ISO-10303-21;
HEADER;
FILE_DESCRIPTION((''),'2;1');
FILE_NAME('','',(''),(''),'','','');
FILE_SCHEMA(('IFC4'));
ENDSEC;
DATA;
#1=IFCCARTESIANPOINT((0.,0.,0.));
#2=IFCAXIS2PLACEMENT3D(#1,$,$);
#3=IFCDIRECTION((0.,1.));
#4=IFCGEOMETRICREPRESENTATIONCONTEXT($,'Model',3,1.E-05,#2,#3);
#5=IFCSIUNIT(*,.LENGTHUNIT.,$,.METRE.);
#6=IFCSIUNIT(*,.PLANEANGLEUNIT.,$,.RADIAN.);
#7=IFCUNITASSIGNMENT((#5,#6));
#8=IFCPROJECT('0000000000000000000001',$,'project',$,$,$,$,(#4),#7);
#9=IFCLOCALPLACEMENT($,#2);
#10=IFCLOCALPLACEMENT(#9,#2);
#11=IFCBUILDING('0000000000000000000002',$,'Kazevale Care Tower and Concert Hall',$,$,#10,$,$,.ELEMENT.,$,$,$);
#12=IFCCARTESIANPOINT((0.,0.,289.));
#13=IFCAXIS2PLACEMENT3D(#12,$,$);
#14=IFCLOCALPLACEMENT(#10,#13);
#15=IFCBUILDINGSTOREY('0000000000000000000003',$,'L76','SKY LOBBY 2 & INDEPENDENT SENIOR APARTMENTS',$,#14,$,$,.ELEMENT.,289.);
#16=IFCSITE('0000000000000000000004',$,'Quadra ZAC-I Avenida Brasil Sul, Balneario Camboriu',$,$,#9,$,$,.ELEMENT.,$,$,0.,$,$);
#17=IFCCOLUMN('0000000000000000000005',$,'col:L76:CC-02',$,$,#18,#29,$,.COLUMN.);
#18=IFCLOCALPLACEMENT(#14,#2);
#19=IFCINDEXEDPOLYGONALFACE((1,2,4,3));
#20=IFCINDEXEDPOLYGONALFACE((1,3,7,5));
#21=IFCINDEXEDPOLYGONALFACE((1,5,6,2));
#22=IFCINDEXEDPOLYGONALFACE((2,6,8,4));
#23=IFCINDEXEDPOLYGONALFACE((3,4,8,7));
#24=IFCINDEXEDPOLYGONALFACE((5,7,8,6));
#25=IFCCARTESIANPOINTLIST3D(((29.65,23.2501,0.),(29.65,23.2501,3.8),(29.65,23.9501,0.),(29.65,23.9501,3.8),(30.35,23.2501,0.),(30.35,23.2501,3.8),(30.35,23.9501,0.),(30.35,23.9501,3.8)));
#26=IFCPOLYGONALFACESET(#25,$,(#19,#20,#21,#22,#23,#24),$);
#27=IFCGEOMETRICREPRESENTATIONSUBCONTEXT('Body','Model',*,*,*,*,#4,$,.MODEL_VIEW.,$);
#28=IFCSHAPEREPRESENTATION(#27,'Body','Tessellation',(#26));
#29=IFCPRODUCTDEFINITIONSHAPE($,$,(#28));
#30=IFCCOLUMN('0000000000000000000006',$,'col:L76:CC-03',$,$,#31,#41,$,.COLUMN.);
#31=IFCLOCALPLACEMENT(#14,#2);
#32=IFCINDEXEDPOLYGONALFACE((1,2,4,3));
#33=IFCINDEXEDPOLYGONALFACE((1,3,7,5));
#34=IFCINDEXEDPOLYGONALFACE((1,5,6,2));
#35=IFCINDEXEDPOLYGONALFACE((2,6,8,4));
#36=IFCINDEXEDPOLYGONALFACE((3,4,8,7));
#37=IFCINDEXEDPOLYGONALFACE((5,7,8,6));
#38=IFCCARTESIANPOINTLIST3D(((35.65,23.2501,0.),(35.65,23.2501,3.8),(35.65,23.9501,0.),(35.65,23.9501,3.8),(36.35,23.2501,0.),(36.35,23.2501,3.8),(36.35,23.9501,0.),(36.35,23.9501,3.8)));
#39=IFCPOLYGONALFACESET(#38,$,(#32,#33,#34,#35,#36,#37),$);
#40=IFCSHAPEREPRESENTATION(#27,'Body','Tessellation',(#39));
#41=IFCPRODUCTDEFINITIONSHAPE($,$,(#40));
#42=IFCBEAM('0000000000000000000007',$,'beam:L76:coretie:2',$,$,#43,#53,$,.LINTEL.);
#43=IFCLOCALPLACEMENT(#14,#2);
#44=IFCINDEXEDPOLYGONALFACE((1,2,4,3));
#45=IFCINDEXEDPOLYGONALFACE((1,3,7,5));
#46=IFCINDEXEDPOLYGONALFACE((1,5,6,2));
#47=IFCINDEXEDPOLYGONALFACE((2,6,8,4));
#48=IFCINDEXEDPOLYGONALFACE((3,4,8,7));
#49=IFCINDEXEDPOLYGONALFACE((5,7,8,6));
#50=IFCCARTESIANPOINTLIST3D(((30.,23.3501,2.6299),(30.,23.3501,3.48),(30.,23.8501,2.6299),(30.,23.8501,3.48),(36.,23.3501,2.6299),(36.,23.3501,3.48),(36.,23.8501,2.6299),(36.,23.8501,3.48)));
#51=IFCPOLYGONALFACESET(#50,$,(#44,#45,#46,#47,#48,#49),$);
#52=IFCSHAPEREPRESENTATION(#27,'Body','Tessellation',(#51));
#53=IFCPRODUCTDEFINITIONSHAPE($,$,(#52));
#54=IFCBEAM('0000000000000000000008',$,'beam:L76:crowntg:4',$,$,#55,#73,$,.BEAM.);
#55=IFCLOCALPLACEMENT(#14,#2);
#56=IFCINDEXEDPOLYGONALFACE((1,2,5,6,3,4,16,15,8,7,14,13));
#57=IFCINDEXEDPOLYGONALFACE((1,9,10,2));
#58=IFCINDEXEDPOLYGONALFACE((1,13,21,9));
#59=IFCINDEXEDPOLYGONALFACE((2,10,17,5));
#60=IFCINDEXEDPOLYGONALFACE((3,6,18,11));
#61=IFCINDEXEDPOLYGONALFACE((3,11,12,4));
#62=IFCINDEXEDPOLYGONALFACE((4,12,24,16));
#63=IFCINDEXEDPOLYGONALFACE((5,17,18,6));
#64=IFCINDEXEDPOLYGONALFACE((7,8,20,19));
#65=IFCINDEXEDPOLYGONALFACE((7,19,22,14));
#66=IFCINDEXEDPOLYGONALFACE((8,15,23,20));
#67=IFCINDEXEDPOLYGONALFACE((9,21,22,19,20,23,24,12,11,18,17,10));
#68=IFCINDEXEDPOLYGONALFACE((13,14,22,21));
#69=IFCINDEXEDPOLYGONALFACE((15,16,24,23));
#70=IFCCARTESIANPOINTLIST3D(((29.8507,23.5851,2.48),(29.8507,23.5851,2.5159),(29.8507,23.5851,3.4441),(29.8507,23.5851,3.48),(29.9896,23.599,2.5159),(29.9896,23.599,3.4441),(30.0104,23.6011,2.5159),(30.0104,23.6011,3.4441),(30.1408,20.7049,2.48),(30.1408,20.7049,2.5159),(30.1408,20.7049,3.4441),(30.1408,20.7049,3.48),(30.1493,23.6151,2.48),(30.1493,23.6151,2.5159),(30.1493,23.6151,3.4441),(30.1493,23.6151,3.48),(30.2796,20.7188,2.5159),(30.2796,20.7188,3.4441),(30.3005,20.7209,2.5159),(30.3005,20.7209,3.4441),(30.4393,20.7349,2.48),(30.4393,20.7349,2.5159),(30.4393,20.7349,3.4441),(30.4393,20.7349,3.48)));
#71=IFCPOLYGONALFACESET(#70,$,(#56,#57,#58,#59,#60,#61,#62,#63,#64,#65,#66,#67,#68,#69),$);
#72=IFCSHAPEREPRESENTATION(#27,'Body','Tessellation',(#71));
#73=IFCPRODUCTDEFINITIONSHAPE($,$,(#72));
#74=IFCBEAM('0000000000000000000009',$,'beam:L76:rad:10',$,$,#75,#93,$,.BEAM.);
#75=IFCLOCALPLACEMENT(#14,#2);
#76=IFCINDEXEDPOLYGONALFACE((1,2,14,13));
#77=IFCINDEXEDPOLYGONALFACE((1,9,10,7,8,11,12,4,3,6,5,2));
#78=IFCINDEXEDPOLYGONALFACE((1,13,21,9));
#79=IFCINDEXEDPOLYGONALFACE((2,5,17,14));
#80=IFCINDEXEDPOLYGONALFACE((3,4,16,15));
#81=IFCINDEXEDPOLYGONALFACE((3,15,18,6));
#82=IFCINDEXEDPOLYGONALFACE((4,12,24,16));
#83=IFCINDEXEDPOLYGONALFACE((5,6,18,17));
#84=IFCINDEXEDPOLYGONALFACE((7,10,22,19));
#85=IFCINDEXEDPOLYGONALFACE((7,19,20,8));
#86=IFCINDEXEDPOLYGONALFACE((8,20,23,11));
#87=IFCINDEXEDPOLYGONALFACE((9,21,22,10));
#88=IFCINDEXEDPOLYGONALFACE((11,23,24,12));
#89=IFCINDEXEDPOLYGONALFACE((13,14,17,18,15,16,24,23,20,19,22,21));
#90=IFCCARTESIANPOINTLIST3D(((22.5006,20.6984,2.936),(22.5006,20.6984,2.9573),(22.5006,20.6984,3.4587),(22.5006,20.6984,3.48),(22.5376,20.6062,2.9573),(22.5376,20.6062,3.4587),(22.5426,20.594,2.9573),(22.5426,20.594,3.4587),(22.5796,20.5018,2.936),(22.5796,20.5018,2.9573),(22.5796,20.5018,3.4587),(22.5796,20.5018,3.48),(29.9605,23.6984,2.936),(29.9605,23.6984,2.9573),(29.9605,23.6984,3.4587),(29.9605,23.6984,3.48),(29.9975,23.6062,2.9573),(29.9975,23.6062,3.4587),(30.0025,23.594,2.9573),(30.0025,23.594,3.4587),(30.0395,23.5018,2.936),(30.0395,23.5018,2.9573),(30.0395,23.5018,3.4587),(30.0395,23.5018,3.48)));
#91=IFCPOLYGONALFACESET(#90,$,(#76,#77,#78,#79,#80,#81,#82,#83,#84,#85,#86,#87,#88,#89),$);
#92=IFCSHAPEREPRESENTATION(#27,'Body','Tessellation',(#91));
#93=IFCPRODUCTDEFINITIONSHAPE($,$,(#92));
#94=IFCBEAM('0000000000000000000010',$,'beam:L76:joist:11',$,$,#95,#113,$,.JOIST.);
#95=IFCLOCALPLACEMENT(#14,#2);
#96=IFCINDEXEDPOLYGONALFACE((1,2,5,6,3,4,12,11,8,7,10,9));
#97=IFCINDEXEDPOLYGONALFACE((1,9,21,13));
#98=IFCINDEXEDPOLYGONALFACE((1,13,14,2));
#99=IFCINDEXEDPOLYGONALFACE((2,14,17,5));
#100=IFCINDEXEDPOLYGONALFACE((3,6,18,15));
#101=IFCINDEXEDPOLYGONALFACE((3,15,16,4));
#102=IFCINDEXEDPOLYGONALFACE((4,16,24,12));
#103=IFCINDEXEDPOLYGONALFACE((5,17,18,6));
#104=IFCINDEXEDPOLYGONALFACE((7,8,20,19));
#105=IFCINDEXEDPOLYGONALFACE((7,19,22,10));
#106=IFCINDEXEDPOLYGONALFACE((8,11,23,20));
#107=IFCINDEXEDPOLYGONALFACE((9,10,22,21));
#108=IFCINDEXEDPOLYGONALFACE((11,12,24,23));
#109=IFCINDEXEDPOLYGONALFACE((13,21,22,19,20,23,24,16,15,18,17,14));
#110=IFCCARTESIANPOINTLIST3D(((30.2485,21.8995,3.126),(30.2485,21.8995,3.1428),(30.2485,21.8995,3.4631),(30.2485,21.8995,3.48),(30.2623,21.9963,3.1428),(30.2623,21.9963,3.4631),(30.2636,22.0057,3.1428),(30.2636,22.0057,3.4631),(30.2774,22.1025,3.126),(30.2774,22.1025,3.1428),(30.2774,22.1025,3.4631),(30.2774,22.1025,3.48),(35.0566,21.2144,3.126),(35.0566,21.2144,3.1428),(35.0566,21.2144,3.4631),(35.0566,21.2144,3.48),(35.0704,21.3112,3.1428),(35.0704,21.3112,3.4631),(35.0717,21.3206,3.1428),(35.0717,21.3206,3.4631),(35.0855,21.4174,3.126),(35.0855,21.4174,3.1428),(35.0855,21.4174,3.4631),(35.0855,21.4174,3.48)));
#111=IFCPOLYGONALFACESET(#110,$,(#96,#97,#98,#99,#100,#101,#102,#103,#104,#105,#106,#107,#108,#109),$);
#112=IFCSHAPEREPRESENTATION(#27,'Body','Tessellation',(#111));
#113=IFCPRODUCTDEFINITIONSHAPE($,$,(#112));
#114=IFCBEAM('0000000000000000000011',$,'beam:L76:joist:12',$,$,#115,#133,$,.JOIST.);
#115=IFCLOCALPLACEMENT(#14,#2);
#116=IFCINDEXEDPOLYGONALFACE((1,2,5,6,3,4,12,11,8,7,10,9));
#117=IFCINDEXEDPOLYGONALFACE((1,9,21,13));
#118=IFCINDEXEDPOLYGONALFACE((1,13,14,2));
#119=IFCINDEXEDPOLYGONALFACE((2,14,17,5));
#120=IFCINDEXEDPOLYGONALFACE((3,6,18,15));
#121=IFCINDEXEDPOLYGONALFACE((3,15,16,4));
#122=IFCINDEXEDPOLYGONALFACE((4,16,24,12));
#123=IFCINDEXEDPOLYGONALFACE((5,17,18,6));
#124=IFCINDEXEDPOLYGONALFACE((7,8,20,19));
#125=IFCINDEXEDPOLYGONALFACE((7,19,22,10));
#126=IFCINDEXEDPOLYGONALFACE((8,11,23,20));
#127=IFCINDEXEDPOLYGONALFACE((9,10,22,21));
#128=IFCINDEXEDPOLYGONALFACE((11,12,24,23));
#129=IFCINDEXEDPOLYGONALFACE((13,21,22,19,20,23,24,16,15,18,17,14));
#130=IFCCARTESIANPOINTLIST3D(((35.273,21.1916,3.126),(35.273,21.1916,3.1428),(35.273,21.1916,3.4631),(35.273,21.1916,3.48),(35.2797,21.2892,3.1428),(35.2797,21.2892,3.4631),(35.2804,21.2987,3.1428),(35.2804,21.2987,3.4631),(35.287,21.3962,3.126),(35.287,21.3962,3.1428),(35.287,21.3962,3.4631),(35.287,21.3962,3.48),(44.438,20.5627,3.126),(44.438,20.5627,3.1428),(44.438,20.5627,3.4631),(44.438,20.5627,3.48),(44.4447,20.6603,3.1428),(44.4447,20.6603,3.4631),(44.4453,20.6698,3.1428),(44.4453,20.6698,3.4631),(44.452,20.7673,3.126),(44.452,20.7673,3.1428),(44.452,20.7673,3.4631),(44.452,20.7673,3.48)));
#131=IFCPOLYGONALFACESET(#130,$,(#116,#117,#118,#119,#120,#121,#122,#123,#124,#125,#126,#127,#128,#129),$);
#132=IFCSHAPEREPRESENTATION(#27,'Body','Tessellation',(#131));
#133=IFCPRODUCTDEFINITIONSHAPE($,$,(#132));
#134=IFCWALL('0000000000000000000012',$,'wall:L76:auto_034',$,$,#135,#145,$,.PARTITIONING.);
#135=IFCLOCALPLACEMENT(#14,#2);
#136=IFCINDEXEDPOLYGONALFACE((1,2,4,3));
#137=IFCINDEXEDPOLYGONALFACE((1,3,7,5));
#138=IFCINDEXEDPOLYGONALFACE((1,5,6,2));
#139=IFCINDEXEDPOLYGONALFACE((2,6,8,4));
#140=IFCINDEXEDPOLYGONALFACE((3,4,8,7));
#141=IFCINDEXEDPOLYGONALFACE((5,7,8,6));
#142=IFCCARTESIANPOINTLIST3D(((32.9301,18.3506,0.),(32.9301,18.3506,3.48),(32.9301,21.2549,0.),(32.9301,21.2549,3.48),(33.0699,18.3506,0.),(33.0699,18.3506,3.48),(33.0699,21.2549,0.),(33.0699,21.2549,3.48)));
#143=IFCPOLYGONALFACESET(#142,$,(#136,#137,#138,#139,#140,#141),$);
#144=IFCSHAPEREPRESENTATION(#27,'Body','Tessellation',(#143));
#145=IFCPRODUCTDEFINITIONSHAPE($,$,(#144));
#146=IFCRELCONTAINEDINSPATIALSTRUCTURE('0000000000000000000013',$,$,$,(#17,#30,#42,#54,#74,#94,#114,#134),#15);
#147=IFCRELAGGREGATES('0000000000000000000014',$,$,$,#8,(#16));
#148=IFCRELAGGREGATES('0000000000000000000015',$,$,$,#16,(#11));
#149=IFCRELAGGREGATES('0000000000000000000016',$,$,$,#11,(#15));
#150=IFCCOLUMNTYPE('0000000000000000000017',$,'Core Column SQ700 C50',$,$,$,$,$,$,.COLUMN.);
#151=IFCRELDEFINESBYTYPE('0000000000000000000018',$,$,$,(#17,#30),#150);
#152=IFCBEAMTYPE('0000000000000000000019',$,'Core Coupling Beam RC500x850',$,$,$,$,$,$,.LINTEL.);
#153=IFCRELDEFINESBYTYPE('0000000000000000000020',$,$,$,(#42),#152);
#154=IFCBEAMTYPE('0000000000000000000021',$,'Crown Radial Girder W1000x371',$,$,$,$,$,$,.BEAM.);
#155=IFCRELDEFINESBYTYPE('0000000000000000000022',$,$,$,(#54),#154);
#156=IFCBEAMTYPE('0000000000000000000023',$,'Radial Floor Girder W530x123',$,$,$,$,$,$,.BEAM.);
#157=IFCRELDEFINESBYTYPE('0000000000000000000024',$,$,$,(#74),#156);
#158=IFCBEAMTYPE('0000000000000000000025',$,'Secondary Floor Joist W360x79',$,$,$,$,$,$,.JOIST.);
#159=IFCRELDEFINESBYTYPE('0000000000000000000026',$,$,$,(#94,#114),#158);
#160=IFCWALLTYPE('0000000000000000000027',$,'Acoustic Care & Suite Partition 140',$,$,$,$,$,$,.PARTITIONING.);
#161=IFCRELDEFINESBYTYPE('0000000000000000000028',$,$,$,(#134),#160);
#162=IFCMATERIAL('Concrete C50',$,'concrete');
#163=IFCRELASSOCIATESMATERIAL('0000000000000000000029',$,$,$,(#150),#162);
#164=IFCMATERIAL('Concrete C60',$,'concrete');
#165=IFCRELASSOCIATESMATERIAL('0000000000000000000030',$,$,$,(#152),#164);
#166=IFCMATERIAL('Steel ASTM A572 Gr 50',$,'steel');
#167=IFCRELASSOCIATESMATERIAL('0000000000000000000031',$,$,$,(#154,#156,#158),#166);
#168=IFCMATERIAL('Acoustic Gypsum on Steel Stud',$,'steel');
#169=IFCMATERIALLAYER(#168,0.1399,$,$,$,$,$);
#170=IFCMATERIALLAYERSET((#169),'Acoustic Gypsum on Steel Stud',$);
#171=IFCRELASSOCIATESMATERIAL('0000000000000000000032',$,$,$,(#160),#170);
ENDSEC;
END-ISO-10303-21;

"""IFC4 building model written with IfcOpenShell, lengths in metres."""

from ifc_helpers import new_model, si_unit, direction, frame, frame_2d, origin, origin_2d, place, context, subcontext, project, spatial, rectangle, i_section, extrude, material, layer, layer_set, material_profile, profile_set, type_object, element, save


model = new_model("IFC4")

# Units and contexts
model_context = context("Model", 3, precision=1e-05, world=origin(), true_north=direction((0.0, 1.0)))
body_context = subcontext(model_context, "Body", "Model", "MODEL_VIEW")
ifc_project = project(units=[si_unit("LENGTHUNIT", "METRE"), si_unit("PLANEANGLEUNIT", "RADIAN")], contexts=[model_context])

# Site, building, storey
site_placement = place(None, origin())
site = spatial("IfcSite", under=ifc_project, at=site_placement, Name="Quadra ZAC-I Avenida Brasil Sul, Balneario Camboriu", CompositionType="ELEMENT", RefElevation=0.0)
building_placement = place(site_placement, origin())
building = spatial("IfcBuilding", under=site, at=building_placement, Name="Kazevale Care Tower and Concert Hall", CompositionType="ELEMENT")
storey_placement = place(building_placement, frame((0.0, 0.0, 289.0)))
storey = spatial("IfcBuildingStorey", under=building, at=storey_placement, Name="L76", Description="SKY LOBBY 2 & INDEPENDENT SENIOR APARTMENTS", CompositionType="ELEMENT", Elevation=289.0)

# Columns
ifc_material_1 = material(Name="Concrete C50", Category="concrete")
ifc_material_profile_1 = material_profile(ifc_material_1, rectangle(XDim=0.7, YDim=0.7, at=origin_2d()), Name="RC-SQ700")
ifc_profile_set_1 = profile_set([ifc_material_profile_1], Name="Concrete C50")
column_type = type_object("IfcColumnType", Name="Core Column SQ700 C50", PredefinedType="COLUMN", material=ifc_profile_set_1)
for number, where, z_axis, x_axis, name in (
    (1, (30.0, 23.6001, 0.0), (0.0, 0.0, 1.0), (1.0, 0.0, 0.0), "col:L76:CC-02"),
    (2, (36.0, 23.6001, 0.0), (0.0, 0.0, 1.0), (1.0, 0.0, 0.0), "col:L76:CC-03"),
):
    element("IfcColumn", number, at=place(storey_placement, frame(where, z_axis=z_axis, x_axis=x_axis)), inside=storey, type_object=column_type, Name=name, PredefinedType="COLUMN", context=body_context, shape_type="SweptSolid", body=[
        extrude(rectangle(XDim=0.7, YDim=0.7, at=origin_2d()), origin(), (0.0, 0.0, 1.0), 3.8),
    ])

# Beams
ifc_material_2 = material(Name="Concrete C60", Category="concrete")
ifc_material_profile_2 = material_profile(ifc_material_2, rectangle(XDim=0.5, YDim=0.8501, at=origin_2d()), Name="RC-B500x850")
ifc_profile_set_2 = profile_set([ifc_material_profile_2], Name="Concrete C60")
beam_type_1 = type_object("IfcBeamType", Name="Core Coupling Beam RC500x850", PredefinedType="LINTEL", material=ifc_profile_set_2)
beam_1_placement = place(storey_placement, frame((30.0, 23.6001, 3.0549), z_axis=(1.0, 0.0, 0.0), x_axis=(0.0, 1.0, 0.0)))
element("IfcBeam", 3, at=beam_1_placement, inside=storey, type_object=beam_type_1, Name="beam:L76:coretie:2", PredefinedType="LINTEL", context=body_context, shape_type="SweptSolid", body=[
    extrude(rectangle(XDim=0.5, YDim=0.8501, at=origin_2d()), origin(), (0.0, 0.0, 1.0), 6.0),
])
ifc_material_3 = material(Name="Steel ASTM A572 Gr 50", Category="steel")
ifc_material_profile_3 = material_profile(ifc_material_3, i_section(OverallWidth=0.3, OverallDepth=1.0, WebThickness=0.021, FlangeThickness=0.0359, at=origin_2d()), Name="W1000x371")
ifc_profile_set_3 = profile_set([ifc_material_profile_3], Name="Steel ASTM A572 Gr 50")
beam_type_2 = type_object("IfcBeamType", Name="Crown Radial Girder W1000x371", PredefinedType="BEAM", material=ifc_profile_set_3)
beam_2_placement = place(storey_placement, frame((30.0, 23.6001, 2.98), z_axis=(0.100197, -0.994968, 0.0), x_axis=(0.994968, 0.100197, 0.0)))
element("IfcBeam", 4, at=beam_2_placement, inside=storey, type_object=beam_type_2, Name="beam:L76:crowntg:4", PredefinedType="BEAM", context=body_context, shape_type="SweptSolid", body=[
    extrude(i_section(OverallWidth=0.3, OverallDepth=1.0, WebThickness=0.021, FlangeThickness=0.0359, at=origin_2d()), origin(), (0.0, 0.0, 1.0), 2.8948),
])
ifc_material_profile_4 = material_profile(ifc_material_3, i_section(OverallWidth=0.2119, OverallDepth=0.5439, WebThickness=0.0132, FlangeThickness=0.0212, at=origin_2d()), Name="W530x123")
ifc_profile_set_4 = profile_set([ifc_material_profile_4], Name="Steel ASTM A572 Gr 50")
beam_type_3 = type_object("IfcBeamType", Name="Radial Floor Girder W530x123", PredefinedType="BEAM", material=ifc_profile_set_4)
beam_3_placement = place(storey_placement, frame((30.0, 23.6001, 3.208), z_axis=(-0.927788, -0.373107, 0.0), x_axis=(0.373107, -0.927788, 0.0)))
element("IfcBeam", 5, at=beam_3_placement, inside=storey, type_object=beam_type_3, Name="beam:L76:rad:10", PredefinedType="BEAM", context=body_context, shape_type="SweptSolid", body=[
    extrude(i_section(OverallWidth=0.2119, OverallDepth=0.5439, WebThickness=0.0132, FlangeThickness=0.0212, at=origin_2d()), origin(), (0.0, 0.0, 1.0), 8.0405),
])
ifc_material_profile_5 = material_profile(ifc_material_3, i_section(OverallWidth=0.2051, OverallDepth=0.354, WebThickness=0.0095, FlangeThickness=0.0168, at=origin_2d()), Name="W360x79")
ifc_profile_set_5 = profile_set([ifc_material_profile_5], Name="Steel ASTM A572 Gr 50")
beam_type_4 = type_object("IfcBeamType", Name="Secondary Floor Joist W360x79", PredefinedType="JOIST", material=ifc_profile_set_5)
beam_4_placement = place(storey_placement, frame((30.2629, 22.001, 3.303), z_axis=(0.990002, -0.141055, 0.0), x_axis=(0.141055, 0.990002, 0.0)))
element("IfcBeam", 6, at=beam_4_placement, inside=storey, type_object=beam_type_4, Name="beam:L76:joist:11", PredefinedType="JOIST", context=body_context, shape_type="SweptSolid", body=[
    extrude(i_section(OverallWidth=0.2051, OverallDepth=0.354, WebThickness=0.0095, FlangeThickness=0.0168, at=origin_2d()), origin(), (0.0, 0.0, 1.0), 4.8567),
])
beam_5_placement = place(storey_placement, frame((35.28, 21.2939, 3.303), z_axis=(0.997654, -0.068459, 0.0), x_axis=(0.068459, 0.997654, 0.0)))
element("IfcBeam", 7, at=beam_5_placement, inside=storey, type_object=beam_type_4, Name="beam:L76:joist:12", PredefinedType="JOIST", context=body_context, shape_type="SweptSolid", body=[
    extrude(i_section(OverallWidth=0.2051, OverallDepth=0.354, WebThickness=0.0095, FlangeThickness=0.0168, at=origin_2d()), origin(), (0.0, 0.0, 1.0), 9.1865),
])

# Wall
ifc_material_4 = material(Name="Acoustic Gypsum on Steel Stud", Category="steel")
ifc_layer_1 = layer(ifc_material_4, 0.1399)
ifc_layer_set_1 = layer_set([ifc_layer_1], Name="Acoustic Gypsum on Steel Stud")
wall_type_1 = type_object("IfcWallType", Name="Acoustic Care & Suite Partition 140", PredefinedType="PARTITIONING", material=ifc_layer_set_1)
wall_1_placement = place(storey_placement, frame((33.0, 21.2549, 0.0), z_axis=(0.0, 0.0, 1.0), x_axis=(0.0, -1.0, 0.0)))
element("IfcWall", 8, at=wall_1_placement, inside=storey, type_object=wall_type_1, Name="wall:L76:auto_034", PredefinedType="PARTITIONING", context=body_context, shape_type="SweptSolid", body=[
    extrude(rectangle(XDim=2.9043, YDim=0.1399, at=frame_2d((1.4521, 0.0))), origin(), (0.0, 0.0, 1.0), 3.48),
])

save(model, "model.ifc")
